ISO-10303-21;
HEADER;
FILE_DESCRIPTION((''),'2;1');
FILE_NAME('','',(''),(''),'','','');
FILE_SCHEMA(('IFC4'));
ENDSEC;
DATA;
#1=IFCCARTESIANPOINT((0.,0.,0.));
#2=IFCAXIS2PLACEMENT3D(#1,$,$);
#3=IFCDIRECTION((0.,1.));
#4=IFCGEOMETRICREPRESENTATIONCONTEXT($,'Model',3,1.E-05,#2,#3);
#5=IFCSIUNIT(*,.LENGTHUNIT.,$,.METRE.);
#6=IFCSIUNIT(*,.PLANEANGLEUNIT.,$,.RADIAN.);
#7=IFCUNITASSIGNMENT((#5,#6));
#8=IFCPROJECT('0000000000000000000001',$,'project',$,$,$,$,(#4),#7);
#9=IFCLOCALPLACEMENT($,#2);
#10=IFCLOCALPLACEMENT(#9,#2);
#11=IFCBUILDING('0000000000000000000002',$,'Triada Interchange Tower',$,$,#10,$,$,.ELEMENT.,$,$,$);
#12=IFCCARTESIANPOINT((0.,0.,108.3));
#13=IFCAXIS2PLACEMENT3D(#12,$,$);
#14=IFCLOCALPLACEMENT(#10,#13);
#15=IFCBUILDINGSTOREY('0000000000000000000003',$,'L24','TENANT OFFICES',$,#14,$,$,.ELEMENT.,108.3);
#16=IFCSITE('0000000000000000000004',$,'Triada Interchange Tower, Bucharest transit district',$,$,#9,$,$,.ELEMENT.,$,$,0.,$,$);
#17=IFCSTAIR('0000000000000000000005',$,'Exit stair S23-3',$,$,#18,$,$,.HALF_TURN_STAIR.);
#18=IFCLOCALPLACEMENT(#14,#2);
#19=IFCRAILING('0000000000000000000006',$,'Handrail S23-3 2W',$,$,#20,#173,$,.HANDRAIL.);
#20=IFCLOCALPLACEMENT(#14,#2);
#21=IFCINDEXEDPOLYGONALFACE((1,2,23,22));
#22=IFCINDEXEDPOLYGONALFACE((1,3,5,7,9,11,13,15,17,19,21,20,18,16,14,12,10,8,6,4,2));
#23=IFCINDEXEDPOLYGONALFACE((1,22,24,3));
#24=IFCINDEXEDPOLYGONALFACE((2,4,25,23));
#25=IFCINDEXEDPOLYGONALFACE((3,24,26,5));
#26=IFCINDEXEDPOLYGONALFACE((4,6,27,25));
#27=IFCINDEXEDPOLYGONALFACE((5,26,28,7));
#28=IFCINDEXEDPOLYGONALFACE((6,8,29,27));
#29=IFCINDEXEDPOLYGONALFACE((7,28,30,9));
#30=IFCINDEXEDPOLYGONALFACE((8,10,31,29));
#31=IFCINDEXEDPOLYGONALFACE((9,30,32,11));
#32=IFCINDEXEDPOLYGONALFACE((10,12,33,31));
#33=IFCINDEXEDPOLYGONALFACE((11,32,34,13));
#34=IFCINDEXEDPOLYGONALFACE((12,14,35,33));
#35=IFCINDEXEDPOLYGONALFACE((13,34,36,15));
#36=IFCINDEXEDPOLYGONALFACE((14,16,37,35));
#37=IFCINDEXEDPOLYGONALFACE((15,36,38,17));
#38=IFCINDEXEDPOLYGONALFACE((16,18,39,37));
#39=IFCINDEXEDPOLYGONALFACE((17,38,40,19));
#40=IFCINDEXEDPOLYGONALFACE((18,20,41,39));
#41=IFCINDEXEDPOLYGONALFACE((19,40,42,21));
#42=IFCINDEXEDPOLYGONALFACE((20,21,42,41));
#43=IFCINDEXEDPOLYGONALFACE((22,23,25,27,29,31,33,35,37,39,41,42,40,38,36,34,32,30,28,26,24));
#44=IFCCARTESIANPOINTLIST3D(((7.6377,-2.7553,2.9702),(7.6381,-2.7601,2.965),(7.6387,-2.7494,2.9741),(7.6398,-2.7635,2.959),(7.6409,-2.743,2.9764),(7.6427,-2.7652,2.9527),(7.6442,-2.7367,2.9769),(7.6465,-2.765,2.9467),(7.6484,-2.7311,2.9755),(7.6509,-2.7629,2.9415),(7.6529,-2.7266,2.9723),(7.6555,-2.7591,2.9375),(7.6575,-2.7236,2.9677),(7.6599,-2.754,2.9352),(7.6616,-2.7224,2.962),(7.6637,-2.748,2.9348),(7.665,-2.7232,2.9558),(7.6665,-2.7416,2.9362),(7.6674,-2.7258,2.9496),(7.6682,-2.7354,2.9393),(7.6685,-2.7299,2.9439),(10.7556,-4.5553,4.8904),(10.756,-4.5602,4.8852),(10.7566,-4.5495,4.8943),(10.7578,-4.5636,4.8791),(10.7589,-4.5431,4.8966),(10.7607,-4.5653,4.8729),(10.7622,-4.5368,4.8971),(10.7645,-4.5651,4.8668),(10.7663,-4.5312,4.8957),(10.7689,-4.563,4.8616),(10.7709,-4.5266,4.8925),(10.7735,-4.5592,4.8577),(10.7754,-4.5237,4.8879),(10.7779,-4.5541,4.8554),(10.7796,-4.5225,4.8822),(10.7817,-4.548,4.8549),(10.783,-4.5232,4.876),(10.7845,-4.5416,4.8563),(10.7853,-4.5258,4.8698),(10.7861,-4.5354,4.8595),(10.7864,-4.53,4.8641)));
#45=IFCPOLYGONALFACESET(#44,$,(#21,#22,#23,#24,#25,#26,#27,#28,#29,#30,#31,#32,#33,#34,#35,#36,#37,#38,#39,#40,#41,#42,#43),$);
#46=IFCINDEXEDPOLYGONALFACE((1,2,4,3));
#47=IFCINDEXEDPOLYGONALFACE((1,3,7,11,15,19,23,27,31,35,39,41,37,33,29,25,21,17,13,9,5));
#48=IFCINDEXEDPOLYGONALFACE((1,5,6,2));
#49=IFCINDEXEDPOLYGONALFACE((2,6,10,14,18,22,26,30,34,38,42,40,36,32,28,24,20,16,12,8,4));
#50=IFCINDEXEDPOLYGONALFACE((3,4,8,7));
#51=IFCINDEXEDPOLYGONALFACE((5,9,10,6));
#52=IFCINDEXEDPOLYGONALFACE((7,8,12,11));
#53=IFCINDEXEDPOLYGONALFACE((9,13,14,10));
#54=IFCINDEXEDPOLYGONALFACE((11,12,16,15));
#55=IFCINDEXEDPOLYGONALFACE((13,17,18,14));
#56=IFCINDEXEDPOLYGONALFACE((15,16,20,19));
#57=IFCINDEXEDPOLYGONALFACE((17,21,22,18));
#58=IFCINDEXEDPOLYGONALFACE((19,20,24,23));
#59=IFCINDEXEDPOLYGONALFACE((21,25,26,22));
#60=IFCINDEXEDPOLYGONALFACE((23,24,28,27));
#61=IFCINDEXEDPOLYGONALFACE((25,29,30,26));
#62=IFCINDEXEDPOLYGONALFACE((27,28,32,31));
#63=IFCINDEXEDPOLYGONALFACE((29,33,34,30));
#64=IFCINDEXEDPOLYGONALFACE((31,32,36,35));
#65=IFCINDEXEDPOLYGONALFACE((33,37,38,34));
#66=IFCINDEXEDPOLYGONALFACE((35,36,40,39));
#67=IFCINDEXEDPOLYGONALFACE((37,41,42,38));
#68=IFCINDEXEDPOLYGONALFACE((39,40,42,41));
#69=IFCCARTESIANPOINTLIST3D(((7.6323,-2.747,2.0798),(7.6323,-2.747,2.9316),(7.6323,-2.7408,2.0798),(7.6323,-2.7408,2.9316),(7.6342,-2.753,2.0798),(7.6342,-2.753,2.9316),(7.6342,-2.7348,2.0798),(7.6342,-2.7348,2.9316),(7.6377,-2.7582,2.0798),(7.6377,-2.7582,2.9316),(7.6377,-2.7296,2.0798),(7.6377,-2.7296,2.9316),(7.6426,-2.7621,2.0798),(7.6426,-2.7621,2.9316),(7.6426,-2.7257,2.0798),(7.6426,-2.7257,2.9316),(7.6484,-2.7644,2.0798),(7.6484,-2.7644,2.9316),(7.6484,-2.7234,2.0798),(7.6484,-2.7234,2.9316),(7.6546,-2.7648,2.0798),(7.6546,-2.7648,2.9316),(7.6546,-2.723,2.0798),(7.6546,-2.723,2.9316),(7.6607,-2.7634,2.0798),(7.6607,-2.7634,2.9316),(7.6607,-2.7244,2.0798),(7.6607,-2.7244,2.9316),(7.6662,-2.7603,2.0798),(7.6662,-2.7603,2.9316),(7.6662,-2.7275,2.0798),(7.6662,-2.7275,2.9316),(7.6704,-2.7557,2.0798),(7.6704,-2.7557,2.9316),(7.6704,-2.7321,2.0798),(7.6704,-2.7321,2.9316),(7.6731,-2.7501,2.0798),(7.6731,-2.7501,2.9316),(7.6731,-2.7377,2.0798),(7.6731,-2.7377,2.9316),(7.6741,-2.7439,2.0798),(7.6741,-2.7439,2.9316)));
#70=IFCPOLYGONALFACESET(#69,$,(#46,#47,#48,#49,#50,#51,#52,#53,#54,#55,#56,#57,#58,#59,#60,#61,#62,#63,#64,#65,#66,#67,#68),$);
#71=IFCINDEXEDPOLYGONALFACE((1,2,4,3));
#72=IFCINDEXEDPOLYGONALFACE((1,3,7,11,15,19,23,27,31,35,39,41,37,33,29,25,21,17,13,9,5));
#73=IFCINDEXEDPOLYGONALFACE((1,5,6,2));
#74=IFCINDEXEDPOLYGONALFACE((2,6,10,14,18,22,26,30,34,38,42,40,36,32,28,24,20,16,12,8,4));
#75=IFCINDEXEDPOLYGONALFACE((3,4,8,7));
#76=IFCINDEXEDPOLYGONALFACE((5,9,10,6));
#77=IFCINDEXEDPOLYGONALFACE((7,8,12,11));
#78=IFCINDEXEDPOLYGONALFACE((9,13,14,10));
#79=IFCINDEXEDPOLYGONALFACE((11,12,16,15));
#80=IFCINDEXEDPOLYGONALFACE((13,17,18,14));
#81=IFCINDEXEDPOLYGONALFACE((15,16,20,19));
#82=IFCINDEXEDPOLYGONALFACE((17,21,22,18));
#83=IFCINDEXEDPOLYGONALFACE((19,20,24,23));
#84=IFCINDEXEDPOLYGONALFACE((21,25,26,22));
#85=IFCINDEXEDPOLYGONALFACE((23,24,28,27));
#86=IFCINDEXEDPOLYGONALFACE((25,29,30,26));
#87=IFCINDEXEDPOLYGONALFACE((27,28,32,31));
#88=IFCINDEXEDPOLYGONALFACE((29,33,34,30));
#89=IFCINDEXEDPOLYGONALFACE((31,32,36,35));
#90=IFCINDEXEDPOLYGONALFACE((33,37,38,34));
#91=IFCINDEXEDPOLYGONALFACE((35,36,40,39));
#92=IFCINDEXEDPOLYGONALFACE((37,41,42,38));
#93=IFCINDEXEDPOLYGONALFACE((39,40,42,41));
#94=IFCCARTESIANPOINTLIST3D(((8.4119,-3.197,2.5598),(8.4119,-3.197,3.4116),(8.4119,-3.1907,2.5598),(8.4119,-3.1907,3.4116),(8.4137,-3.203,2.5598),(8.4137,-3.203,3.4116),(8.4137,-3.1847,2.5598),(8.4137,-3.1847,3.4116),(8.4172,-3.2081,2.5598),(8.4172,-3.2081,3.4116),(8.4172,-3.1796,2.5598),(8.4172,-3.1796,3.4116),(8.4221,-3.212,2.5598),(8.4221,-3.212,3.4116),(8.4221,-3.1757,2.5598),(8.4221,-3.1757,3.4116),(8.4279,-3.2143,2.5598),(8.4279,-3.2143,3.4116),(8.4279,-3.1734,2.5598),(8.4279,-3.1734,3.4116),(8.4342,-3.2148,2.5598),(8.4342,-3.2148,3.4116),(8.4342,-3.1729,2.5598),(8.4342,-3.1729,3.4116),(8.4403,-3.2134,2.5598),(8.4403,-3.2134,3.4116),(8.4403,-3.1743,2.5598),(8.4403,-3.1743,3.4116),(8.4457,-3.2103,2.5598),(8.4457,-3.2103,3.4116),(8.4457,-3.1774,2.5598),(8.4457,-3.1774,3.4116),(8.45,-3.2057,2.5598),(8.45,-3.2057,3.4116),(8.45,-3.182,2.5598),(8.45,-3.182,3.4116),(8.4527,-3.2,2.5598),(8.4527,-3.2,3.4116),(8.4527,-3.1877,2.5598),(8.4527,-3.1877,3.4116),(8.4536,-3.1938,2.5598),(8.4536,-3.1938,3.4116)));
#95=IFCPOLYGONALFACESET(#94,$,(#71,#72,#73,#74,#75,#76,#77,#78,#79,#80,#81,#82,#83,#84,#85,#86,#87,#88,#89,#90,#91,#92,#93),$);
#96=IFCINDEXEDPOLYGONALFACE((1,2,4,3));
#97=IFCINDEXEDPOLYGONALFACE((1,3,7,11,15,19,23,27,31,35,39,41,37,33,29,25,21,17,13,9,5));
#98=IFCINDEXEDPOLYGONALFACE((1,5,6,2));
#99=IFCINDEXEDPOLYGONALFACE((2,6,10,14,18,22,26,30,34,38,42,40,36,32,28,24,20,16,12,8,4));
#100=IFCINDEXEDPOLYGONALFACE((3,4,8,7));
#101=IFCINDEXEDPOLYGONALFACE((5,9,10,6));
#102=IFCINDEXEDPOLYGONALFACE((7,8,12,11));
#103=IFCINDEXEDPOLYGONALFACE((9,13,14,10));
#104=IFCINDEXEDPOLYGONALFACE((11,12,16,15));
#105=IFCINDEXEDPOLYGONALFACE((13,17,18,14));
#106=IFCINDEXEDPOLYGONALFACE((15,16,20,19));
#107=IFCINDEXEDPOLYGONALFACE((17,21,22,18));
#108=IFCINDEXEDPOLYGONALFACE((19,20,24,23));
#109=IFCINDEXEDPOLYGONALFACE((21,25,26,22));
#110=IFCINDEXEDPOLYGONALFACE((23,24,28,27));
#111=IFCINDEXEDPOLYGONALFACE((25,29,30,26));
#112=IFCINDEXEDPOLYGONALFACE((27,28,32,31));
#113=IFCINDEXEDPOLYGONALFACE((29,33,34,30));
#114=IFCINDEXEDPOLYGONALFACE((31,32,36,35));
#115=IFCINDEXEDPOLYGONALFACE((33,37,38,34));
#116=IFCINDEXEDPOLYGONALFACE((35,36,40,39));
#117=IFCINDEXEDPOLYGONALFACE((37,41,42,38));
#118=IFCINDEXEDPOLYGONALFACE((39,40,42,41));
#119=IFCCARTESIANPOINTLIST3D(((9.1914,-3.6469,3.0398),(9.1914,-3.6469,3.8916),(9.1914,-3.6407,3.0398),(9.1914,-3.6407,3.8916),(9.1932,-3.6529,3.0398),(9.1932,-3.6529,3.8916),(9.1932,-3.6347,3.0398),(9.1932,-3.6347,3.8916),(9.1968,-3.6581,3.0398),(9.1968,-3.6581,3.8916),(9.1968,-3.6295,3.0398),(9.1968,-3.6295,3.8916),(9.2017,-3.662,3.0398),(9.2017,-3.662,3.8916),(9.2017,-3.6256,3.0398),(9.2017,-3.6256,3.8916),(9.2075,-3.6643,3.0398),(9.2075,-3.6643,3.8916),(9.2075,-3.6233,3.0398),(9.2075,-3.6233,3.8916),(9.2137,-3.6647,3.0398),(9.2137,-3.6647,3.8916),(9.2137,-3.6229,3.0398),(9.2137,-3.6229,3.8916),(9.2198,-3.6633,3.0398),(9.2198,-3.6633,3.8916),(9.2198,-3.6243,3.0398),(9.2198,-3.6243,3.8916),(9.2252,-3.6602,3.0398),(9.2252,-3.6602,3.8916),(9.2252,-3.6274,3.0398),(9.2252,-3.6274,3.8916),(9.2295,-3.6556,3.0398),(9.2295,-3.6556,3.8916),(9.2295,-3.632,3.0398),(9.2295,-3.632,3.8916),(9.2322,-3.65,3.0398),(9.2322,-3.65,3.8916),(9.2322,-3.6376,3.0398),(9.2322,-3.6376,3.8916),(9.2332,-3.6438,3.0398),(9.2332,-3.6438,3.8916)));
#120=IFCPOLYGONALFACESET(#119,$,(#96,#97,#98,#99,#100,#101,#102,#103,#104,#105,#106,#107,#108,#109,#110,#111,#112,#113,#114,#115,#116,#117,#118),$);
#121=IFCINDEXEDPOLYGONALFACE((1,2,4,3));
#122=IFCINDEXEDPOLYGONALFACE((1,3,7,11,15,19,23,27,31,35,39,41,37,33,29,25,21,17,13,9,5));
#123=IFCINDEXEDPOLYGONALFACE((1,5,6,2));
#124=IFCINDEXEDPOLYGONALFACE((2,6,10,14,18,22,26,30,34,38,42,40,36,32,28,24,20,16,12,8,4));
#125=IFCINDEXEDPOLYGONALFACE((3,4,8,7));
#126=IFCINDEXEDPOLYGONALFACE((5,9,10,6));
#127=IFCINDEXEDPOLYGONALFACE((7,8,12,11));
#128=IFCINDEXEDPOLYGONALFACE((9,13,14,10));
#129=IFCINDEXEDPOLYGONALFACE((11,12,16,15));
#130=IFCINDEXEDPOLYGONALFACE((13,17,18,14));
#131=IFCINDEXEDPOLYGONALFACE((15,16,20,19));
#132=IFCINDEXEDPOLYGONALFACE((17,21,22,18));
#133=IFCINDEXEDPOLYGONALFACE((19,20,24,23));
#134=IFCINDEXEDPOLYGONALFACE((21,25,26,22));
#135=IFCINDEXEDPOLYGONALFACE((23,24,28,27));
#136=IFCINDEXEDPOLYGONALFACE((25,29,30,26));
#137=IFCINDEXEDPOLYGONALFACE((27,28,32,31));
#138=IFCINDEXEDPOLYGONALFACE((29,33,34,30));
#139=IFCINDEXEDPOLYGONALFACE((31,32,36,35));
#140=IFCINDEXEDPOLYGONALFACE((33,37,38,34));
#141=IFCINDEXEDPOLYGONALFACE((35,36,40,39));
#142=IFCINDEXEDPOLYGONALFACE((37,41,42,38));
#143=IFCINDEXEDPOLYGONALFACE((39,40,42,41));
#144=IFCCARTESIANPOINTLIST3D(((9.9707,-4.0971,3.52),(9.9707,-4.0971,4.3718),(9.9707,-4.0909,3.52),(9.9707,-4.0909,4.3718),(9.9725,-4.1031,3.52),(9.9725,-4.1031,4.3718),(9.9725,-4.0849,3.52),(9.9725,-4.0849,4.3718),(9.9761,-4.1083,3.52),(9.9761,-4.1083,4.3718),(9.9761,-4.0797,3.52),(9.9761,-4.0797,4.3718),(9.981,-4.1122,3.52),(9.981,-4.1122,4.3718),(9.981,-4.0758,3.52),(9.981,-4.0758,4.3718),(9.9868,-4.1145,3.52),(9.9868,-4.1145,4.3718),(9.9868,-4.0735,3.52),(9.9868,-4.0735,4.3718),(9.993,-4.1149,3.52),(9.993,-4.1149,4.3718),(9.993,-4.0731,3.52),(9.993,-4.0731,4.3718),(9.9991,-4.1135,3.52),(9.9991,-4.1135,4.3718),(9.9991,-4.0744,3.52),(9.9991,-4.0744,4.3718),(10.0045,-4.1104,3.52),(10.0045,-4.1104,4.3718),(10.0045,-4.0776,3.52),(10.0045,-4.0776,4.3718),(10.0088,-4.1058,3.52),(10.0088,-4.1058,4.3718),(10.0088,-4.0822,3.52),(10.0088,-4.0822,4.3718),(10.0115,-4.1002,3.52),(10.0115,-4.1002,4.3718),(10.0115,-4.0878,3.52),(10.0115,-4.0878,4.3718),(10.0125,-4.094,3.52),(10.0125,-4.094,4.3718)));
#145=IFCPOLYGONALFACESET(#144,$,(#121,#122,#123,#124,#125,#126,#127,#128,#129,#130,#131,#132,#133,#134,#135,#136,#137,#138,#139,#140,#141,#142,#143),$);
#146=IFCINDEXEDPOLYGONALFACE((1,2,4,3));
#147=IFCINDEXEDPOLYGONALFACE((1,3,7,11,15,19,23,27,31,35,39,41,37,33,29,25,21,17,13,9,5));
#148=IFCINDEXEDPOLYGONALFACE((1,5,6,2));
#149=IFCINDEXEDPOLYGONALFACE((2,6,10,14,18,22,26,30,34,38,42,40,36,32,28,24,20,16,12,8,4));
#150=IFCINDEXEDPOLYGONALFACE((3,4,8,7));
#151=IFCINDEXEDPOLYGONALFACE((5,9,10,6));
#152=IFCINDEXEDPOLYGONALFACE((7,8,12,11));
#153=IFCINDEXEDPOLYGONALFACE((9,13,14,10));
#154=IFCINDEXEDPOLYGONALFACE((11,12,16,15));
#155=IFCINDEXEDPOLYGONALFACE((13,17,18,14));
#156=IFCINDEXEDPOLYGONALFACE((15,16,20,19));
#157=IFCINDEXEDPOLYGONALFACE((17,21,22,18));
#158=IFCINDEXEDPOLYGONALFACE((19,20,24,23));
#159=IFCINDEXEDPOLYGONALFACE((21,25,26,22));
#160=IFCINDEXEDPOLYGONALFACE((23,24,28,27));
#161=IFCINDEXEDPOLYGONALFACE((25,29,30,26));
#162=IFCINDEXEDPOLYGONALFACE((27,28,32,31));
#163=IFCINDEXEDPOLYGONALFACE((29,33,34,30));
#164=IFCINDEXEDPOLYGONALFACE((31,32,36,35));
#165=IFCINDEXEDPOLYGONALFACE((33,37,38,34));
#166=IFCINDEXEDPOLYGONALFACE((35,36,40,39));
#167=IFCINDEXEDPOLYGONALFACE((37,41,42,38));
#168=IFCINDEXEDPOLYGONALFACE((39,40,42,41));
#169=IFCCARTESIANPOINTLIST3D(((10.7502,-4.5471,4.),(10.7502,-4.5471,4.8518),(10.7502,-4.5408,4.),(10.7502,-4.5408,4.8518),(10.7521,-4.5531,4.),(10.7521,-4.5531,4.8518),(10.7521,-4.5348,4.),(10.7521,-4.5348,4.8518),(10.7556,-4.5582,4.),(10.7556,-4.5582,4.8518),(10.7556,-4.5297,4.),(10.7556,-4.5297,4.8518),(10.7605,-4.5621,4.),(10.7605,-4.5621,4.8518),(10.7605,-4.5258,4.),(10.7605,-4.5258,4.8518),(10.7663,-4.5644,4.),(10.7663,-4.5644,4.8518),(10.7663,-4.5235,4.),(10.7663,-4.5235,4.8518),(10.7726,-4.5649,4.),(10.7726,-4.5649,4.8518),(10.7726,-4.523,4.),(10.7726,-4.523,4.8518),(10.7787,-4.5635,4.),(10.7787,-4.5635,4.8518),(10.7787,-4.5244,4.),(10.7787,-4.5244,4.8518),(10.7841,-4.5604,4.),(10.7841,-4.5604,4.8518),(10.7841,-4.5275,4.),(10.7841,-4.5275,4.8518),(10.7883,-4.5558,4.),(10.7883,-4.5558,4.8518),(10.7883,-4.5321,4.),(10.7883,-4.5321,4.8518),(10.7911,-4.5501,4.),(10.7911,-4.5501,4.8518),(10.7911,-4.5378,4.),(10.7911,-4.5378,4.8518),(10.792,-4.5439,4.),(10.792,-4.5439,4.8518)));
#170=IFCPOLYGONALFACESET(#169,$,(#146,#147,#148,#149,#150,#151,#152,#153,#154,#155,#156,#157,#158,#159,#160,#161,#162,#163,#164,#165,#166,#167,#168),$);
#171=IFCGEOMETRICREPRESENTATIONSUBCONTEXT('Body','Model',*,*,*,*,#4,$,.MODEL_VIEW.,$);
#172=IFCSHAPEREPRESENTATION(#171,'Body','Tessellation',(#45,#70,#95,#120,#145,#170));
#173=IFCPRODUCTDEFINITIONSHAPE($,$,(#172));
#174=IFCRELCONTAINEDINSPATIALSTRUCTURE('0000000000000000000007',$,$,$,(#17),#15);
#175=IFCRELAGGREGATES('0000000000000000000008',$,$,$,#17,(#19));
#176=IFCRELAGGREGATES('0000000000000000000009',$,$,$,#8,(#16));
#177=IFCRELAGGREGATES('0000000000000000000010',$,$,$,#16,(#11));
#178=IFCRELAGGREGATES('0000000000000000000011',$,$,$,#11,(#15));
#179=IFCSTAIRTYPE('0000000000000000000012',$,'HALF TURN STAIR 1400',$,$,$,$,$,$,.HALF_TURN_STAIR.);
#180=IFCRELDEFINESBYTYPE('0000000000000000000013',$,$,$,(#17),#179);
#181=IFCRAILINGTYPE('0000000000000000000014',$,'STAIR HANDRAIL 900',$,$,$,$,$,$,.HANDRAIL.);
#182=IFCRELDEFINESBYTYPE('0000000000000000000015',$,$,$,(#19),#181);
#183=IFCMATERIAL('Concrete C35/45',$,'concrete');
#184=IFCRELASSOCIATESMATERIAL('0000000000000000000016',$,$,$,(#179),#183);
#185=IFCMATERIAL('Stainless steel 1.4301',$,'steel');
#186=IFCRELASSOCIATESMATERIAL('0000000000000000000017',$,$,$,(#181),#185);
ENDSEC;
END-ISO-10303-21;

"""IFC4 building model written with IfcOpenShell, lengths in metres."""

from ifc_helpers import new_model, si_unit, direction, frame, origin, origin_2d, place, context, subcontext, project, spatial, circle, extrude, material, type_object, element, aggregate, save


model = new_model("IFC4")

# Units and contexts
model_context = context("Model", 3, precision=1e-05, world=origin(), true_north=direction((0.0, 1.0)))
body_context = subcontext(model_context, "Body", "Model", "MODEL_VIEW")
ifc_project = project(units=[si_unit("LENGTHUNIT", "METRE"), si_unit("PLANEANGLEUNIT", "RADIAN")], contexts=[model_context])

# Site, building, storey
site_placement = place(None, origin())
site = spatial("IfcSite", under=ifc_project, at=site_placement, Name="Triada Interchange Tower, Bucharest transit district", CompositionType="ELEMENT", RefElevation=0.0)
building_placement = place(site_placement, origin())
building = spatial("IfcBuilding", under=site, at=building_placement, Name="Triada Interchange Tower", CompositionType="ELEMENT")
storey_placement = place(building_placement, frame((0.0, 0.0, 108.3)))
storey = spatial("IfcBuildingStorey", under=building, at=storey_placement, Name="L24", Description="TENANT OFFICES", CompositionType="ELEMENT", Elevation=108.3)

# Stair, railing
ifc_material_1 = material(Name="Concrete C35/45", Category="concrete")
stair_type = type_object("IfcStairType", Name="HALF TURN STAIR 1400", PredefinedType="HALF_TURN_STAIR", material=ifc_material_1)
stair_placement = place(storey_placement, origin())
stair = element("IfcStair", 1, at=stair_placement, inside=storey, type_object=stair_type, Name="Exit stair S23-3", PredefinedType="HALF_TURN_STAIR")
ifc_material_2 = material(Name="Stainless steel 1.4301", Category="steel")
railing_type = type_object("IfcRailingType", Name="STAIR HANDRAIL 900", PredefinedType="HANDRAIL", material=ifc_material_2)
railing_1_placement = place(storey_placement, frame((7.6531, -2.7439, 2.0798)))
railing_1 = element("IfcRailing", 2, at=railing_1_placement, type_object=railing_type, Name="Handrail S23-3 2W", PredefinedType="HANDRAIL", context=body_context, shape_type="SweptSolid", body=[
    extrude(circle(Radius=0.0239, at=origin_2d()), frame((0.0, 0.0, 0.876), z_axis=(0.764145, -0.441159, 0.470597), x_axis=(0.499983, 0.866035, 0.0)), (0.0, 0.0, 1.0), 4.0803),
    extrude(circle(Radius=0.021, at=origin_2d()), origin(), (0.0, 0.0, 1.0), 0.8518),
    extrude(circle(Radius=0.021, at=origin_2d()), frame((0.7795, -0.45, 0.48)), (0.0, 0.0, 1.0), 0.8518),
    extrude(circle(Radius=0.021, at=origin_2d()), frame((1.5591, -0.8999, 0.96)), (0.0, 0.0, 1.0), 0.8518),
    extrude(circle(Radius=0.021, at=origin_2d()), frame((2.3384, -1.3501, 1.4402)), (0.0, 0.0, 1.0), 0.8518),
    extrude(circle(Radius=0.021, at=origin_2d()), frame((3.1179, -1.8, 1.9202)), (0.0, 0.0, 1.0), 0.8518),
])
aggregate(stair, [railing_1])

save(model, "model.ifc")
